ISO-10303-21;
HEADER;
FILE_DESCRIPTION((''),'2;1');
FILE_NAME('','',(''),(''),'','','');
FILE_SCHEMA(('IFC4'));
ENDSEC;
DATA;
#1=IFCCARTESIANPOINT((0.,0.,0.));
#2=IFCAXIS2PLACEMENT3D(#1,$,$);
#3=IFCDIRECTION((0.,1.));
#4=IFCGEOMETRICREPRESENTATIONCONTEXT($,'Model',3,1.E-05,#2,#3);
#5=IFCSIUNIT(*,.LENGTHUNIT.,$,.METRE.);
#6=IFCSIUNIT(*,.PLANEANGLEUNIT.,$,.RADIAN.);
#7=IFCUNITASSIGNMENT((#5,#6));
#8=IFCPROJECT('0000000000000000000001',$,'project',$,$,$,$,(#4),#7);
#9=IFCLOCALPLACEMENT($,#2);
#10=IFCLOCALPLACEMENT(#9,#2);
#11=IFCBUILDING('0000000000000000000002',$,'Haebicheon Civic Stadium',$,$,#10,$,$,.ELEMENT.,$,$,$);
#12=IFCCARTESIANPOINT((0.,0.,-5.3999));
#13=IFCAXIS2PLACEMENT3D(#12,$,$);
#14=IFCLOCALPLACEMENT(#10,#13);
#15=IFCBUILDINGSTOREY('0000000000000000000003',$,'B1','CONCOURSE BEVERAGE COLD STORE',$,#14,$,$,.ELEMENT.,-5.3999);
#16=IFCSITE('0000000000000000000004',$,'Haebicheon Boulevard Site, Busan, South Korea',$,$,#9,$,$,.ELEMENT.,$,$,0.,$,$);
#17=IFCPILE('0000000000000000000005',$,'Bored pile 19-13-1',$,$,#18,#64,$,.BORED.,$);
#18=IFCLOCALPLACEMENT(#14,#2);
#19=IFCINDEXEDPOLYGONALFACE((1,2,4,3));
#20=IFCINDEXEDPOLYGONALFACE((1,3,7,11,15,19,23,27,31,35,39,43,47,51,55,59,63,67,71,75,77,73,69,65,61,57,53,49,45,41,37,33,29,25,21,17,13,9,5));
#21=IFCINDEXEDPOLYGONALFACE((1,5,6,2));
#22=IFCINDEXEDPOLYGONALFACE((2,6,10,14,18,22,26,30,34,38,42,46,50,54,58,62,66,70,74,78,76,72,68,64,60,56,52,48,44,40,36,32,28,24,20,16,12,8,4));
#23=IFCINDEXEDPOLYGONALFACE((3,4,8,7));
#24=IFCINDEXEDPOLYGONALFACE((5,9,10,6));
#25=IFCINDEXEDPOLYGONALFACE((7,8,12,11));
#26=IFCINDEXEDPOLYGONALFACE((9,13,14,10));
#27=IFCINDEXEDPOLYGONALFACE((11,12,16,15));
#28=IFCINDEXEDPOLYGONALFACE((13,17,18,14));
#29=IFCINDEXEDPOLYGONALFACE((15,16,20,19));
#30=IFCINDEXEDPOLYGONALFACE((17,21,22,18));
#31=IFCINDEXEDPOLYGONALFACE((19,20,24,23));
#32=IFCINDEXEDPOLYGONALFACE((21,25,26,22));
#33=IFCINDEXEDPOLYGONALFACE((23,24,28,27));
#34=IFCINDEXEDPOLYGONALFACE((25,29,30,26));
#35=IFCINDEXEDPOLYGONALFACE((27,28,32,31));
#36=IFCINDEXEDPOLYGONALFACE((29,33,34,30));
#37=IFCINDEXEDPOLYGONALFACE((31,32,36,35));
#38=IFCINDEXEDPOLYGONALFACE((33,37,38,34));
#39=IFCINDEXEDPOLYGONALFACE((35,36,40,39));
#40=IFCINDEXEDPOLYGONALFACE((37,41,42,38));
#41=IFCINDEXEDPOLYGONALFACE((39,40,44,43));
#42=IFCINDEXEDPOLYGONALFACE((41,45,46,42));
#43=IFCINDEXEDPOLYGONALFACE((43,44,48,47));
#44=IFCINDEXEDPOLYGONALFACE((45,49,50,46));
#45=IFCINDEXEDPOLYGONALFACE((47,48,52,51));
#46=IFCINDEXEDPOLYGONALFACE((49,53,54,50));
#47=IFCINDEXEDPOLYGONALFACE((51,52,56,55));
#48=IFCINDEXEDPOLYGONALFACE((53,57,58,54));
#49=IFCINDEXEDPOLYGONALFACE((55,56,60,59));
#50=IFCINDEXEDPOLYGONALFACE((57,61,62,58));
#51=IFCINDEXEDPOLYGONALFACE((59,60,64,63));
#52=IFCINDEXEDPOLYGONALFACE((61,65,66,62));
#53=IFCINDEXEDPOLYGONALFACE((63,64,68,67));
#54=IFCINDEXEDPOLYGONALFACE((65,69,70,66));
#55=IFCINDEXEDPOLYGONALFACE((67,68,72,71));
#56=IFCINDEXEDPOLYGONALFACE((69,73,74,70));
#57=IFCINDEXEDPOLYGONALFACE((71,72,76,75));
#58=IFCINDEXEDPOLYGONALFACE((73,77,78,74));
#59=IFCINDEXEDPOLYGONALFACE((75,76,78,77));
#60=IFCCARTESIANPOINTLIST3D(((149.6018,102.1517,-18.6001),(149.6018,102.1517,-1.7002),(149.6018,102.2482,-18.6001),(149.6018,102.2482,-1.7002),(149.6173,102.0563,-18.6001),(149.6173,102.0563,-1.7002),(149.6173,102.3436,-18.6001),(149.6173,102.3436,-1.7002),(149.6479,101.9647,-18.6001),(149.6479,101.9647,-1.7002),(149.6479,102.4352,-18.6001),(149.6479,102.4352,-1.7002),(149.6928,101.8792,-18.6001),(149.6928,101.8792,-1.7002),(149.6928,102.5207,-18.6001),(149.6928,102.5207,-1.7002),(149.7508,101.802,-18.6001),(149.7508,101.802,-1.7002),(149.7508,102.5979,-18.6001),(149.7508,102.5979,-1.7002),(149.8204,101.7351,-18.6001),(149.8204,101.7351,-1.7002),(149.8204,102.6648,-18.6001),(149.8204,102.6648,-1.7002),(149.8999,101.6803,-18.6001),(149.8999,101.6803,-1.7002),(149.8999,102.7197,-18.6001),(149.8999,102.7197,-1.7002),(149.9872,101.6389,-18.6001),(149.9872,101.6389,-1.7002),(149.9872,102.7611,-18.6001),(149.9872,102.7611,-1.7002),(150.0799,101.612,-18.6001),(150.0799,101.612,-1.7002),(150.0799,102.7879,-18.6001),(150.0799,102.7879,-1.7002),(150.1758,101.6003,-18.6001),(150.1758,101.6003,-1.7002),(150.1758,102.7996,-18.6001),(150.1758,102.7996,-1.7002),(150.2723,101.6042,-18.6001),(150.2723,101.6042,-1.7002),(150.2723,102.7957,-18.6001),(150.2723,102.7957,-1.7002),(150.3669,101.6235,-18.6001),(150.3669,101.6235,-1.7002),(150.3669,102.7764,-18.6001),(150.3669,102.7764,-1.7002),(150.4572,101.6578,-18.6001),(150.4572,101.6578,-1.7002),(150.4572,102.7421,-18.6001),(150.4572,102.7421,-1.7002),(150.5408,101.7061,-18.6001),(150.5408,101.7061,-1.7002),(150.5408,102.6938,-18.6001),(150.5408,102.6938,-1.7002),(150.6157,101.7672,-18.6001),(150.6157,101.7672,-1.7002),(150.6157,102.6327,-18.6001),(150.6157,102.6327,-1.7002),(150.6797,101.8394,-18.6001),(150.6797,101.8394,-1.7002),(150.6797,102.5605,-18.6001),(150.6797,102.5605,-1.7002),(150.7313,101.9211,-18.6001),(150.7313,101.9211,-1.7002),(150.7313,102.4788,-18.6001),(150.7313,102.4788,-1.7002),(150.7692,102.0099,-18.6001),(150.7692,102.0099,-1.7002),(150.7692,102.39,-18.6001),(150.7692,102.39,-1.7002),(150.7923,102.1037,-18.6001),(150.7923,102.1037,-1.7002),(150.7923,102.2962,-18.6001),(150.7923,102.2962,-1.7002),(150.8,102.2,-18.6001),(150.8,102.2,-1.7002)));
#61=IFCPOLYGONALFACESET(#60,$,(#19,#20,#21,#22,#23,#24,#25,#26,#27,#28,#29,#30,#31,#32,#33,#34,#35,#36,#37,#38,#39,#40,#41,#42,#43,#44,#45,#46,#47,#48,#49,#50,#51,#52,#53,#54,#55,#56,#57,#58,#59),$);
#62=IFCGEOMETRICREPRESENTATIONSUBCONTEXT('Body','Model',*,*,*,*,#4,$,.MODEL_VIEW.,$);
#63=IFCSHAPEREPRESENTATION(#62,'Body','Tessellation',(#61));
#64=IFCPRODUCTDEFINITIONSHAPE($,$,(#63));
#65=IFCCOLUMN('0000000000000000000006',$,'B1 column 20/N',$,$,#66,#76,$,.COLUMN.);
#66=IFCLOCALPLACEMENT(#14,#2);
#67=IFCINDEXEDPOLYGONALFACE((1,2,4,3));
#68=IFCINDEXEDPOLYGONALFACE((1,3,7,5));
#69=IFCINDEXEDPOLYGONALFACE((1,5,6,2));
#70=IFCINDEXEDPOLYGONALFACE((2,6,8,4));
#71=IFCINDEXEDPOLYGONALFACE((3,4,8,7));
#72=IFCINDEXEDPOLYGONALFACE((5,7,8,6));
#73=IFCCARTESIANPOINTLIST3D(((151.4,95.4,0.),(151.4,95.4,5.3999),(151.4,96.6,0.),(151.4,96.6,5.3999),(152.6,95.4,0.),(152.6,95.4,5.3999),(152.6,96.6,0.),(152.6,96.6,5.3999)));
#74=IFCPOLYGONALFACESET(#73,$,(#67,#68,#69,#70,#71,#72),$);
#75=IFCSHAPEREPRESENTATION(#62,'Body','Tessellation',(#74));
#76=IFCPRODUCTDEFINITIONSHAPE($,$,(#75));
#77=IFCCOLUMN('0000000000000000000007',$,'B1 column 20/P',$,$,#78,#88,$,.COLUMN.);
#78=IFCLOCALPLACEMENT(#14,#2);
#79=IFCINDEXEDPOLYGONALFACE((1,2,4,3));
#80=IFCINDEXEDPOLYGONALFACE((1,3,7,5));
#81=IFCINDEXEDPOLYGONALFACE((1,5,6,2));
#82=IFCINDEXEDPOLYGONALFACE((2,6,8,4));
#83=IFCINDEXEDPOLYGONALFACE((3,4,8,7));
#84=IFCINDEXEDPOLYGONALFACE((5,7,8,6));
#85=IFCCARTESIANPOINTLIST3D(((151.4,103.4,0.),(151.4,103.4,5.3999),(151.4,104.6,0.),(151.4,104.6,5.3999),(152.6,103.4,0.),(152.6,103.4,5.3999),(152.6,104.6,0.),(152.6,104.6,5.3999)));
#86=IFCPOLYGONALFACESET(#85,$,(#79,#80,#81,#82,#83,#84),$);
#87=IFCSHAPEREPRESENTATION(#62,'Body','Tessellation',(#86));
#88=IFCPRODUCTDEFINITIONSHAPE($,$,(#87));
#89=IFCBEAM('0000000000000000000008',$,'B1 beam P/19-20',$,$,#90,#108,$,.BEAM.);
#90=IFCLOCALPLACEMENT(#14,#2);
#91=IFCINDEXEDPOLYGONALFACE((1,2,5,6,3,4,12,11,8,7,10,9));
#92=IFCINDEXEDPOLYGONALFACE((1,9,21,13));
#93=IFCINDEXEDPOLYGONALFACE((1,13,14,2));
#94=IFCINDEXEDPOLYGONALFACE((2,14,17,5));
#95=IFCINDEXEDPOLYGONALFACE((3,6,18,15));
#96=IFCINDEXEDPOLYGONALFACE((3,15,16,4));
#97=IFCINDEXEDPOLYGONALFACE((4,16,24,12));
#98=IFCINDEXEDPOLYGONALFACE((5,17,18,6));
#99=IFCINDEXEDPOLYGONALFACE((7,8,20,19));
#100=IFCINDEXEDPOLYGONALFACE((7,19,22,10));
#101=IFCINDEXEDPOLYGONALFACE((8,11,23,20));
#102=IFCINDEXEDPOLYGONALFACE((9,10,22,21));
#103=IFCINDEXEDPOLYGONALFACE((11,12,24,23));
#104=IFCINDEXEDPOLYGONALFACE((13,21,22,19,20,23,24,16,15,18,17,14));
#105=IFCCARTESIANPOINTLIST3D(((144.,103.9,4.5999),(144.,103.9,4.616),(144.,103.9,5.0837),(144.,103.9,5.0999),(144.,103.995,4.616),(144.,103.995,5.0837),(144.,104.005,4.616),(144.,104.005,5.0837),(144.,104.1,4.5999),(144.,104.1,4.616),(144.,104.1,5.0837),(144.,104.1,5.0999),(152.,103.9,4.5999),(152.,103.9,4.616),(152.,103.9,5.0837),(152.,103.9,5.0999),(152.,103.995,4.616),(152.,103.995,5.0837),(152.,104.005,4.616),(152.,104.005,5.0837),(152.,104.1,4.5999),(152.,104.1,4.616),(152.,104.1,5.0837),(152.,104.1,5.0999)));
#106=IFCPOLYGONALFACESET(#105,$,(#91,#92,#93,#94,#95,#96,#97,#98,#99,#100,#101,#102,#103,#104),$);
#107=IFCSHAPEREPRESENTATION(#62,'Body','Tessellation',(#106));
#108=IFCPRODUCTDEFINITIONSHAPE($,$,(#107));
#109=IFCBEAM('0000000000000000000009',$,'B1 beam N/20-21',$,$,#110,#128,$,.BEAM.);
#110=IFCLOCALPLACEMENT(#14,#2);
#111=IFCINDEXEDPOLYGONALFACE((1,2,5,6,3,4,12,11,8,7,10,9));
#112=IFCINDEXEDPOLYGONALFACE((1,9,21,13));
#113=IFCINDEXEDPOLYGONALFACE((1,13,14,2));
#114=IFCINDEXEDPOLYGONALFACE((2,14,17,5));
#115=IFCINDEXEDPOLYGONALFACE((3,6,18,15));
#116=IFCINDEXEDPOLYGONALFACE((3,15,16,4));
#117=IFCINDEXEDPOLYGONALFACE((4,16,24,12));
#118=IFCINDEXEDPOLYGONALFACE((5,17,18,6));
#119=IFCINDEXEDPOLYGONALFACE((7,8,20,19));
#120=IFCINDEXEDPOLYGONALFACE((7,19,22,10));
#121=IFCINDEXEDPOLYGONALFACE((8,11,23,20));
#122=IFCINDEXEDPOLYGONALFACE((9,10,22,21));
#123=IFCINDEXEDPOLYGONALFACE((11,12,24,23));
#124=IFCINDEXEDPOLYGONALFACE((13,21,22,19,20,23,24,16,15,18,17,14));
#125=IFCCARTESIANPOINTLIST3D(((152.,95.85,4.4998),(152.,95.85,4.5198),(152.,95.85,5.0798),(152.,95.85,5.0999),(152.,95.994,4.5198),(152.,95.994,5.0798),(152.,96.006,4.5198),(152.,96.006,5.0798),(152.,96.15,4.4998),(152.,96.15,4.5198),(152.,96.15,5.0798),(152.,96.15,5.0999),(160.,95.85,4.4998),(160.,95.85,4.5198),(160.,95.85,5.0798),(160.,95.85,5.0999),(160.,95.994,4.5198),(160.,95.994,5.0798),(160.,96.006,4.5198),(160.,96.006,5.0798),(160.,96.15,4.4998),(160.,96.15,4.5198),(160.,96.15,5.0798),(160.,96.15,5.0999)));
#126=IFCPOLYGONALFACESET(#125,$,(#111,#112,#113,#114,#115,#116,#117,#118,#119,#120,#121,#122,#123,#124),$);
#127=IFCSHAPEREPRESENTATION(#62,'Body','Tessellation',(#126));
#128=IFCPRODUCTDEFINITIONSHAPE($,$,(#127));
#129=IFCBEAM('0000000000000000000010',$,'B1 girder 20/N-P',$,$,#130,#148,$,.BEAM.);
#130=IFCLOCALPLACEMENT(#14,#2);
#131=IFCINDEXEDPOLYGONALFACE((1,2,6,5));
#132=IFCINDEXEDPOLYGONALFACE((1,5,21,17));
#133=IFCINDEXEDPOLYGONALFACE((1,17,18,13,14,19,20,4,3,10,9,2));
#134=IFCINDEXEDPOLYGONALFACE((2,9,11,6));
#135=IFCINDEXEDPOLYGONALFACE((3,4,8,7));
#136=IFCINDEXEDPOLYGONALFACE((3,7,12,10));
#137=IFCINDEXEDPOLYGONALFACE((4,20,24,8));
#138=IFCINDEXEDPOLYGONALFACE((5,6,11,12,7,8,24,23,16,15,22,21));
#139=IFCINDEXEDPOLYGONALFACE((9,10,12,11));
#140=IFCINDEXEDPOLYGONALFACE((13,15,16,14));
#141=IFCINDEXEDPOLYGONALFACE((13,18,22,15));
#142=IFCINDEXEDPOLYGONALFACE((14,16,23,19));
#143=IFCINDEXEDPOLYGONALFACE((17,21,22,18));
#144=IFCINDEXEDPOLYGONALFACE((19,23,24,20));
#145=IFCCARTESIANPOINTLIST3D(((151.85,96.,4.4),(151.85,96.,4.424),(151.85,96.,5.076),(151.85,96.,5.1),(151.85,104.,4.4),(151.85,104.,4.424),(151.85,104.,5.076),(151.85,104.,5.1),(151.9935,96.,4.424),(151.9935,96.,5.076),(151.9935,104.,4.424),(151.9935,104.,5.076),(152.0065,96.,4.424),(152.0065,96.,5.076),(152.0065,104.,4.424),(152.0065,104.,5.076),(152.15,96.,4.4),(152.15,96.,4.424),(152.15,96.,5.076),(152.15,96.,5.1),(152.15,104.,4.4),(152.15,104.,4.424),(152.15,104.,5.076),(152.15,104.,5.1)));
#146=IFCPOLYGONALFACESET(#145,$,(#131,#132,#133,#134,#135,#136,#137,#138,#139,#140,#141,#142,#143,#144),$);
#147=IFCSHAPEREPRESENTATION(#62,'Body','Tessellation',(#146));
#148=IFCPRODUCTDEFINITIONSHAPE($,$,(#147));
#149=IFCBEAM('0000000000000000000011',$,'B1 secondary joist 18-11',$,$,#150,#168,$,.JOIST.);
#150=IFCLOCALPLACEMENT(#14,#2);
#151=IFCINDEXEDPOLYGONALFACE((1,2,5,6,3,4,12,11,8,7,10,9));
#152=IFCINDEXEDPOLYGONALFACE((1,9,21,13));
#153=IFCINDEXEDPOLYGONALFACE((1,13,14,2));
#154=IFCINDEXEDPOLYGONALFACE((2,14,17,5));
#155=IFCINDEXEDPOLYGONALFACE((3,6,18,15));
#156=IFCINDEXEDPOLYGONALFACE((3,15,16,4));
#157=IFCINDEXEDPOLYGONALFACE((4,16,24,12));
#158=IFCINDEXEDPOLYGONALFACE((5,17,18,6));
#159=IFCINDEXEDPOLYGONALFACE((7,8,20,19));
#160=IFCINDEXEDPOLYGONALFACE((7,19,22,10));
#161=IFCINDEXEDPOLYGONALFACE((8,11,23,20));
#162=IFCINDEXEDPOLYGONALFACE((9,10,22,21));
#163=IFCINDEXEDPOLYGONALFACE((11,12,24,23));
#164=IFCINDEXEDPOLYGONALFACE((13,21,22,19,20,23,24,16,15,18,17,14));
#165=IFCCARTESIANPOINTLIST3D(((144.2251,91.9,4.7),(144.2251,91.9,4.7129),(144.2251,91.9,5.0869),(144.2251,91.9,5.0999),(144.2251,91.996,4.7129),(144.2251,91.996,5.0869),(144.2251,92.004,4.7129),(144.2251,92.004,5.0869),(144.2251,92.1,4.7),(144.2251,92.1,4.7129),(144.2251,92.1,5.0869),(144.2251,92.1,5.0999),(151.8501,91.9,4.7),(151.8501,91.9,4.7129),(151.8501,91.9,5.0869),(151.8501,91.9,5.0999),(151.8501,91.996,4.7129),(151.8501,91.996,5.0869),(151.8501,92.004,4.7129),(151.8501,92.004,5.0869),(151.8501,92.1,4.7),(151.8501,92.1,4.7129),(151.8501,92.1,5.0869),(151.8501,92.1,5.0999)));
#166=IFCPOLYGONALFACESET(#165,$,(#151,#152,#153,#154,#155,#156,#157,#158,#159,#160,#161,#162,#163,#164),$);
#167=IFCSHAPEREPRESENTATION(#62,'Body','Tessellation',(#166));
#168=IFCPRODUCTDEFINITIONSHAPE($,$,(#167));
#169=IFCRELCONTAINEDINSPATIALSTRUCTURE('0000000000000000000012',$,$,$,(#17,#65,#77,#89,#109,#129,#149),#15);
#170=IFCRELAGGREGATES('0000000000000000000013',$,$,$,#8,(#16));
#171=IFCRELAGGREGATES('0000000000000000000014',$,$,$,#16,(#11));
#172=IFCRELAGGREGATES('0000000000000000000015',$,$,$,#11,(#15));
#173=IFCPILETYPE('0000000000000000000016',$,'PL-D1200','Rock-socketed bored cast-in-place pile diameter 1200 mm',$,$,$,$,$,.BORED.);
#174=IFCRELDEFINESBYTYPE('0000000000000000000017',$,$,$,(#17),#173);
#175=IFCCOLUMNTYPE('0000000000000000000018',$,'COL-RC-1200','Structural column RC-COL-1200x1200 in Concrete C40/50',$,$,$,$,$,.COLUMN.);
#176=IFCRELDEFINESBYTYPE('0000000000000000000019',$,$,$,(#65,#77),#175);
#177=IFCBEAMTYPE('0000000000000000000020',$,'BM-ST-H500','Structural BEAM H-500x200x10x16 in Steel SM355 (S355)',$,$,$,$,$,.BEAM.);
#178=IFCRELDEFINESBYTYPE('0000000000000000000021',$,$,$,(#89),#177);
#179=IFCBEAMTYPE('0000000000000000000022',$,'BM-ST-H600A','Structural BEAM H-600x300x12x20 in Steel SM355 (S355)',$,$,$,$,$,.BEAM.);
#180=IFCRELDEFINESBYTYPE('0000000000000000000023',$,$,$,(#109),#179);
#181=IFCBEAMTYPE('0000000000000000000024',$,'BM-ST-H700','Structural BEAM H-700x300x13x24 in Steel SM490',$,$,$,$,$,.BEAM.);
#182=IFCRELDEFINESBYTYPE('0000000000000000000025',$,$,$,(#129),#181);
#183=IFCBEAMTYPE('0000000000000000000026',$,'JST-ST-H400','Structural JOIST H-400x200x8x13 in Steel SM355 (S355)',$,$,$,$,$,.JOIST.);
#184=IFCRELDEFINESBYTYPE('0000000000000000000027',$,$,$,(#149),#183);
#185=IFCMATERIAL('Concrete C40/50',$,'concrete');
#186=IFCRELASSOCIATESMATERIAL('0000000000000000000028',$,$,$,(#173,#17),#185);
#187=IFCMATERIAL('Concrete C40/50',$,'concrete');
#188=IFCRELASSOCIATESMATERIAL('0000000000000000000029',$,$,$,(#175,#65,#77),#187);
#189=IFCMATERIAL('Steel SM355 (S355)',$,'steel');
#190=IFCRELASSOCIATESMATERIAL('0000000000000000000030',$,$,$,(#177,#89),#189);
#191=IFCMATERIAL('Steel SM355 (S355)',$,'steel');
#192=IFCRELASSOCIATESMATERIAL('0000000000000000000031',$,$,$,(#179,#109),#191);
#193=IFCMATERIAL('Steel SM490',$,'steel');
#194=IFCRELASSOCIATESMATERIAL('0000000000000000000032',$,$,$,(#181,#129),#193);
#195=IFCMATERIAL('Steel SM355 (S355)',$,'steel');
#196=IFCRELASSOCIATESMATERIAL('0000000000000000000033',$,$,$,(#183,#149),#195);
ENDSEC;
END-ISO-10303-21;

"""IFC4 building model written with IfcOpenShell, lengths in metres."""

from ifc_helpers import new_model, si_unit, direction, frame, origin, origin_2d, place, context, subcontext, project, spatial, rectangle, circle, i_section, extrude, material, material_profile, profile_set, type_object, element, save


model = new_model("IFC4")

# Units and contexts
model_context = context("Model", 3, precision=1e-05, world=origin(), true_north=direction((0.0, 1.0)))
body_context = subcontext(model_context, "Body", "Model", "MODEL_VIEW")
ifc_project = project(units=[si_unit("LENGTHUNIT", "METRE"), si_unit("PLANEANGLEUNIT", "RADIAN")], contexts=[model_context])

# Site, building, storey
site_placement = place(None, origin())
site = spatial("IfcSite", under=ifc_project, at=site_placement, Name="Haebicheon Boulevard Site, Busan, South Korea", CompositionType="ELEMENT", RefElevation=0.0)
building_placement = place(site_placement, origin())
building = spatial("IfcBuilding", under=site, at=building_placement, Name="Haebicheon Civic Stadium", CompositionType="ELEMENT")
storey_placement = place(building_placement, frame((0.0, 0.0, -5.3999)))
storey = spatial("IfcBuildingStorey", under=building, at=storey_placement, Name="B1", Description="CONCOURSE BEVERAGE COLD STORE", CompositionType="ELEMENT", Elevation=-5.3999)

# Pile
ifc_material_1 = material(Name="Concrete C40/50", Category="concrete")
ifc_material_profile_1 = material_profile(ifc_material_1, circle(Radius=0.6001, at=origin_2d()), Name="PILE-D1200")
ifc_profile_set_1 = profile_set([ifc_material_profile_1], Name="Concrete C40/50")
pile_type = type_object("IfcPileType", Name="PL-D1200", Description="Rock-socketed bored cast-in-place pile diameter 1200 mm", PredefinedType="BORED", material=ifc_profile_set_1)
for number, where, z_axis, x_axis, name in (
    (1, (150.2, 102.2, -1.7002), (0.0, 0.0, -1.0), (1.0, 0.0, 0.0), "Bored pile 19-13-1"),
):
    element("IfcPile", number, at=place(storey_placement, frame(where, z_axis=z_axis, x_axis=x_axis)), inside=storey, type_object=pile_type, material=ifc_profile_set_1, Name=name, PredefinedType="BORED", context=body_context, shape_type="SweptSolid", body=[
        extrude(circle(Radius=0.6001, at=origin_2d()), origin(), (0.0, 0.0, 1.0), 16.8999),
    ])

# Columns
ifc_material_2 = material(Name="Concrete C40/50", Category="concrete")
ifc_material_profile_2 = material_profile(ifc_material_2, rectangle(XDim=1.2, YDim=1.2, at=origin_2d()), Name="RC-COL-1200x1200")
ifc_profile_set_2 = profile_set([ifc_material_profile_2], Name="Concrete C40/50")
column_type = type_object("IfcColumnType", Name="COL-RC-1200", Description="Structural column RC-COL-1200x1200 in Concrete C40/50", PredefinedType="COLUMN", material=ifc_profile_set_2)
for number, where, z_axis, x_axis, name in (
    (2, (152.0, 96.0, 0.0), (0.0, 0.0, 1.0), (1.0, 0.0, 0.0), "B1 column 20/N"),
    (3, (152.0, 104.0, 0.0), (0.0, 0.0, 1.0), (1.0, 0.0, 0.0), "B1 column 20/P"),
):
    element("IfcColumn", number, at=place(storey_placement, frame(where, z_axis=z_axis, x_axis=x_axis)), inside=storey, type_object=column_type, material=ifc_profile_set_2, Name=name, PredefinedType="COLUMN", context=body_context, shape_type="SweptSolid", body=[
        extrude(rectangle(XDim=1.2, YDim=1.2, at=origin_2d()), origin(), (0.0, 0.0, 1.0), 5.3999),
    ])

# Beams
ifc_material_3 = material(Name="Steel SM355 (S355)", Category="steel")
ifc_material_profile_3 = material_profile(ifc_material_3, i_section(OverallWidth=0.2, OverallDepth=0.5, WebThickness=0.01, FlangeThickness=0.0161, at=origin_2d()), Name="H-500x200x10x16")
ifc_profile_set_3 = profile_set([ifc_material_profile_3], Name="Steel SM355 (S355)")
beam_type_1 = type_object("IfcBeamType", Name="BM-ST-H500", Description="Structural BEAM H-500x200x10x16 in Steel SM355 (S355)", PredefinedType="BEAM", material=ifc_profile_set_3)
beam_1_placement = place(storey_placement, frame((144.0, 104.0, 4.8499), z_axis=(1.0, 0.0, 0.0), x_axis=(0.0, 1.0, 0.0)))
element("IfcBeam", 4, at=beam_1_placement, inside=storey, type_object=beam_type_1, material=ifc_profile_set_3, Name="B1 beam P/19-20", PredefinedType="BEAM", context=body_context, shape_type="SweptSolid", body=[
    extrude(i_section(OverallWidth=0.2, OverallDepth=0.5, WebThickness=0.01, FlangeThickness=0.0161, at=origin_2d()), origin(), (0.0, 0.0, 1.0), 8.0),
])
ifc_material_4 = material(Name="Steel SM355 (S355)", Category="steel")
ifc_material_profile_4 = material_profile(ifc_material_4, i_section(OverallWidth=0.3, OverallDepth=0.6001, WebThickness=0.012, FlangeThickness=0.02, at=origin_2d()), Name="H-600x300x12x20")
ifc_profile_set_4 = profile_set([ifc_material_profile_4], Name="Steel SM355 (S355)")
beam_type_2 = type_object("IfcBeamType", Name="BM-ST-H600A", Description="Structural BEAM H-600x300x12x20 in Steel SM355 (S355)", PredefinedType="BEAM", material=ifc_profile_set_4)
beam_2_placement = place(storey_placement, frame((152.0, 96.0, 4.7998), z_axis=(1.0, 0.0, 0.0), x_axis=(0.0, 1.0, 0.0)))
element("IfcBeam", 5, at=beam_2_placement, inside=storey, type_object=beam_type_2, material=ifc_profile_set_4, Name="B1 beam N/20-21", PredefinedType="BEAM", context=body_context, shape_type="SweptSolid", body=[
    extrude(i_section(OverallWidth=0.3, OverallDepth=0.6001, WebThickness=0.012, FlangeThickness=0.02, at=origin_2d()), origin(), (0.0, 0.0, 1.0), 8.0),
])
ifc_material_5 = material(Name="Steel SM490", Category="steel")
ifc_material_profile_5 = material_profile(ifc_material_5, i_section(OverallWidth=0.3, OverallDepth=0.7, WebThickness=0.0129, FlangeThickness=0.0239, at=origin_2d()), Name="H-700x300x13x24")
ifc_profile_set_5 = profile_set([ifc_material_profile_5], Name="Steel SM490")
beam_type_3 = type_object("IfcBeamType", Name="BM-ST-H700", Description="Structural BEAM H-700x300x13x24 in Steel SM490", PredefinedType="BEAM", material=ifc_profile_set_5)
beam_3_placement = place(storey_placement, frame((152.0, 96.0, 4.75), z_axis=(0.0, 1.0, 0.0), x_axis=(-1.0, 0.0, 0.0)))
element("IfcBeam", 6, at=beam_3_placement, inside=storey, type_object=beam_type_3, material=ifc_profile_set_5, Name="B1 girder 20/N-P", PredefinedType="BEAM", context=body_context, shape_type="SweptSolid", body=[
    extrude(i_section(OverallWidth=0.3, OverallDepth=0.7, WebThickness=0.0129, FlangeThickness=0.0239, at=origin_2d()), origin(), (0.0, 0.0, 1.0), 8.0),
])
ifc_material_6 = material(Name="Steel SM355 (S355)", Category="steel")
ifc_material_profile_6 = material_profile(ifc_material_6, i_section(OverallWidth=0.2, OverallDepth=0.3999, WebThickness=0.0081, FlangeThickness=0.0129, at=origin_2d()), Name="H-400x200x8x13")
ifc_profile_set_6 = profile_set([ifc_material_profile_6], Name="Steel SM355 (S355)")
beam_type_4 = type_object("IfcBeamType", Name="JST-ST-H400", Description="Structural JOIST H-400x200x8x13 in Steel SM355 (S355)", PredefinedType="JOIST", material=ifc_profile_set_6)
for number, where, z_axis, x_axis, name in (
    (7, (144.2251, 92.0, 4.8999), (1.0, 0.0, 0.0), (0.0, 1.0, 0.0), "B1 secondary joist 18-11"),
):
    element("IfcBeam", number, at=place(storey_placement, frame(where, z_axis=z_axis, x_axis=x_axis)), inside=storey, type_object=beam_type_4, material=ifc_profile_set_6, Name=name, PredefinedType="JOIST", context=body_context, shape_type="SweptSolid", body=[
        extrude(i_section(OverallWidth=0.2, OverallDepth=0.3999, WebThickness=0.0081, FlangeThickness=0.0129, at=origin_2d()), origin(), (0.0, 0.0, 1.0), 7.625),
    ])

save(model, "model.ifc")
